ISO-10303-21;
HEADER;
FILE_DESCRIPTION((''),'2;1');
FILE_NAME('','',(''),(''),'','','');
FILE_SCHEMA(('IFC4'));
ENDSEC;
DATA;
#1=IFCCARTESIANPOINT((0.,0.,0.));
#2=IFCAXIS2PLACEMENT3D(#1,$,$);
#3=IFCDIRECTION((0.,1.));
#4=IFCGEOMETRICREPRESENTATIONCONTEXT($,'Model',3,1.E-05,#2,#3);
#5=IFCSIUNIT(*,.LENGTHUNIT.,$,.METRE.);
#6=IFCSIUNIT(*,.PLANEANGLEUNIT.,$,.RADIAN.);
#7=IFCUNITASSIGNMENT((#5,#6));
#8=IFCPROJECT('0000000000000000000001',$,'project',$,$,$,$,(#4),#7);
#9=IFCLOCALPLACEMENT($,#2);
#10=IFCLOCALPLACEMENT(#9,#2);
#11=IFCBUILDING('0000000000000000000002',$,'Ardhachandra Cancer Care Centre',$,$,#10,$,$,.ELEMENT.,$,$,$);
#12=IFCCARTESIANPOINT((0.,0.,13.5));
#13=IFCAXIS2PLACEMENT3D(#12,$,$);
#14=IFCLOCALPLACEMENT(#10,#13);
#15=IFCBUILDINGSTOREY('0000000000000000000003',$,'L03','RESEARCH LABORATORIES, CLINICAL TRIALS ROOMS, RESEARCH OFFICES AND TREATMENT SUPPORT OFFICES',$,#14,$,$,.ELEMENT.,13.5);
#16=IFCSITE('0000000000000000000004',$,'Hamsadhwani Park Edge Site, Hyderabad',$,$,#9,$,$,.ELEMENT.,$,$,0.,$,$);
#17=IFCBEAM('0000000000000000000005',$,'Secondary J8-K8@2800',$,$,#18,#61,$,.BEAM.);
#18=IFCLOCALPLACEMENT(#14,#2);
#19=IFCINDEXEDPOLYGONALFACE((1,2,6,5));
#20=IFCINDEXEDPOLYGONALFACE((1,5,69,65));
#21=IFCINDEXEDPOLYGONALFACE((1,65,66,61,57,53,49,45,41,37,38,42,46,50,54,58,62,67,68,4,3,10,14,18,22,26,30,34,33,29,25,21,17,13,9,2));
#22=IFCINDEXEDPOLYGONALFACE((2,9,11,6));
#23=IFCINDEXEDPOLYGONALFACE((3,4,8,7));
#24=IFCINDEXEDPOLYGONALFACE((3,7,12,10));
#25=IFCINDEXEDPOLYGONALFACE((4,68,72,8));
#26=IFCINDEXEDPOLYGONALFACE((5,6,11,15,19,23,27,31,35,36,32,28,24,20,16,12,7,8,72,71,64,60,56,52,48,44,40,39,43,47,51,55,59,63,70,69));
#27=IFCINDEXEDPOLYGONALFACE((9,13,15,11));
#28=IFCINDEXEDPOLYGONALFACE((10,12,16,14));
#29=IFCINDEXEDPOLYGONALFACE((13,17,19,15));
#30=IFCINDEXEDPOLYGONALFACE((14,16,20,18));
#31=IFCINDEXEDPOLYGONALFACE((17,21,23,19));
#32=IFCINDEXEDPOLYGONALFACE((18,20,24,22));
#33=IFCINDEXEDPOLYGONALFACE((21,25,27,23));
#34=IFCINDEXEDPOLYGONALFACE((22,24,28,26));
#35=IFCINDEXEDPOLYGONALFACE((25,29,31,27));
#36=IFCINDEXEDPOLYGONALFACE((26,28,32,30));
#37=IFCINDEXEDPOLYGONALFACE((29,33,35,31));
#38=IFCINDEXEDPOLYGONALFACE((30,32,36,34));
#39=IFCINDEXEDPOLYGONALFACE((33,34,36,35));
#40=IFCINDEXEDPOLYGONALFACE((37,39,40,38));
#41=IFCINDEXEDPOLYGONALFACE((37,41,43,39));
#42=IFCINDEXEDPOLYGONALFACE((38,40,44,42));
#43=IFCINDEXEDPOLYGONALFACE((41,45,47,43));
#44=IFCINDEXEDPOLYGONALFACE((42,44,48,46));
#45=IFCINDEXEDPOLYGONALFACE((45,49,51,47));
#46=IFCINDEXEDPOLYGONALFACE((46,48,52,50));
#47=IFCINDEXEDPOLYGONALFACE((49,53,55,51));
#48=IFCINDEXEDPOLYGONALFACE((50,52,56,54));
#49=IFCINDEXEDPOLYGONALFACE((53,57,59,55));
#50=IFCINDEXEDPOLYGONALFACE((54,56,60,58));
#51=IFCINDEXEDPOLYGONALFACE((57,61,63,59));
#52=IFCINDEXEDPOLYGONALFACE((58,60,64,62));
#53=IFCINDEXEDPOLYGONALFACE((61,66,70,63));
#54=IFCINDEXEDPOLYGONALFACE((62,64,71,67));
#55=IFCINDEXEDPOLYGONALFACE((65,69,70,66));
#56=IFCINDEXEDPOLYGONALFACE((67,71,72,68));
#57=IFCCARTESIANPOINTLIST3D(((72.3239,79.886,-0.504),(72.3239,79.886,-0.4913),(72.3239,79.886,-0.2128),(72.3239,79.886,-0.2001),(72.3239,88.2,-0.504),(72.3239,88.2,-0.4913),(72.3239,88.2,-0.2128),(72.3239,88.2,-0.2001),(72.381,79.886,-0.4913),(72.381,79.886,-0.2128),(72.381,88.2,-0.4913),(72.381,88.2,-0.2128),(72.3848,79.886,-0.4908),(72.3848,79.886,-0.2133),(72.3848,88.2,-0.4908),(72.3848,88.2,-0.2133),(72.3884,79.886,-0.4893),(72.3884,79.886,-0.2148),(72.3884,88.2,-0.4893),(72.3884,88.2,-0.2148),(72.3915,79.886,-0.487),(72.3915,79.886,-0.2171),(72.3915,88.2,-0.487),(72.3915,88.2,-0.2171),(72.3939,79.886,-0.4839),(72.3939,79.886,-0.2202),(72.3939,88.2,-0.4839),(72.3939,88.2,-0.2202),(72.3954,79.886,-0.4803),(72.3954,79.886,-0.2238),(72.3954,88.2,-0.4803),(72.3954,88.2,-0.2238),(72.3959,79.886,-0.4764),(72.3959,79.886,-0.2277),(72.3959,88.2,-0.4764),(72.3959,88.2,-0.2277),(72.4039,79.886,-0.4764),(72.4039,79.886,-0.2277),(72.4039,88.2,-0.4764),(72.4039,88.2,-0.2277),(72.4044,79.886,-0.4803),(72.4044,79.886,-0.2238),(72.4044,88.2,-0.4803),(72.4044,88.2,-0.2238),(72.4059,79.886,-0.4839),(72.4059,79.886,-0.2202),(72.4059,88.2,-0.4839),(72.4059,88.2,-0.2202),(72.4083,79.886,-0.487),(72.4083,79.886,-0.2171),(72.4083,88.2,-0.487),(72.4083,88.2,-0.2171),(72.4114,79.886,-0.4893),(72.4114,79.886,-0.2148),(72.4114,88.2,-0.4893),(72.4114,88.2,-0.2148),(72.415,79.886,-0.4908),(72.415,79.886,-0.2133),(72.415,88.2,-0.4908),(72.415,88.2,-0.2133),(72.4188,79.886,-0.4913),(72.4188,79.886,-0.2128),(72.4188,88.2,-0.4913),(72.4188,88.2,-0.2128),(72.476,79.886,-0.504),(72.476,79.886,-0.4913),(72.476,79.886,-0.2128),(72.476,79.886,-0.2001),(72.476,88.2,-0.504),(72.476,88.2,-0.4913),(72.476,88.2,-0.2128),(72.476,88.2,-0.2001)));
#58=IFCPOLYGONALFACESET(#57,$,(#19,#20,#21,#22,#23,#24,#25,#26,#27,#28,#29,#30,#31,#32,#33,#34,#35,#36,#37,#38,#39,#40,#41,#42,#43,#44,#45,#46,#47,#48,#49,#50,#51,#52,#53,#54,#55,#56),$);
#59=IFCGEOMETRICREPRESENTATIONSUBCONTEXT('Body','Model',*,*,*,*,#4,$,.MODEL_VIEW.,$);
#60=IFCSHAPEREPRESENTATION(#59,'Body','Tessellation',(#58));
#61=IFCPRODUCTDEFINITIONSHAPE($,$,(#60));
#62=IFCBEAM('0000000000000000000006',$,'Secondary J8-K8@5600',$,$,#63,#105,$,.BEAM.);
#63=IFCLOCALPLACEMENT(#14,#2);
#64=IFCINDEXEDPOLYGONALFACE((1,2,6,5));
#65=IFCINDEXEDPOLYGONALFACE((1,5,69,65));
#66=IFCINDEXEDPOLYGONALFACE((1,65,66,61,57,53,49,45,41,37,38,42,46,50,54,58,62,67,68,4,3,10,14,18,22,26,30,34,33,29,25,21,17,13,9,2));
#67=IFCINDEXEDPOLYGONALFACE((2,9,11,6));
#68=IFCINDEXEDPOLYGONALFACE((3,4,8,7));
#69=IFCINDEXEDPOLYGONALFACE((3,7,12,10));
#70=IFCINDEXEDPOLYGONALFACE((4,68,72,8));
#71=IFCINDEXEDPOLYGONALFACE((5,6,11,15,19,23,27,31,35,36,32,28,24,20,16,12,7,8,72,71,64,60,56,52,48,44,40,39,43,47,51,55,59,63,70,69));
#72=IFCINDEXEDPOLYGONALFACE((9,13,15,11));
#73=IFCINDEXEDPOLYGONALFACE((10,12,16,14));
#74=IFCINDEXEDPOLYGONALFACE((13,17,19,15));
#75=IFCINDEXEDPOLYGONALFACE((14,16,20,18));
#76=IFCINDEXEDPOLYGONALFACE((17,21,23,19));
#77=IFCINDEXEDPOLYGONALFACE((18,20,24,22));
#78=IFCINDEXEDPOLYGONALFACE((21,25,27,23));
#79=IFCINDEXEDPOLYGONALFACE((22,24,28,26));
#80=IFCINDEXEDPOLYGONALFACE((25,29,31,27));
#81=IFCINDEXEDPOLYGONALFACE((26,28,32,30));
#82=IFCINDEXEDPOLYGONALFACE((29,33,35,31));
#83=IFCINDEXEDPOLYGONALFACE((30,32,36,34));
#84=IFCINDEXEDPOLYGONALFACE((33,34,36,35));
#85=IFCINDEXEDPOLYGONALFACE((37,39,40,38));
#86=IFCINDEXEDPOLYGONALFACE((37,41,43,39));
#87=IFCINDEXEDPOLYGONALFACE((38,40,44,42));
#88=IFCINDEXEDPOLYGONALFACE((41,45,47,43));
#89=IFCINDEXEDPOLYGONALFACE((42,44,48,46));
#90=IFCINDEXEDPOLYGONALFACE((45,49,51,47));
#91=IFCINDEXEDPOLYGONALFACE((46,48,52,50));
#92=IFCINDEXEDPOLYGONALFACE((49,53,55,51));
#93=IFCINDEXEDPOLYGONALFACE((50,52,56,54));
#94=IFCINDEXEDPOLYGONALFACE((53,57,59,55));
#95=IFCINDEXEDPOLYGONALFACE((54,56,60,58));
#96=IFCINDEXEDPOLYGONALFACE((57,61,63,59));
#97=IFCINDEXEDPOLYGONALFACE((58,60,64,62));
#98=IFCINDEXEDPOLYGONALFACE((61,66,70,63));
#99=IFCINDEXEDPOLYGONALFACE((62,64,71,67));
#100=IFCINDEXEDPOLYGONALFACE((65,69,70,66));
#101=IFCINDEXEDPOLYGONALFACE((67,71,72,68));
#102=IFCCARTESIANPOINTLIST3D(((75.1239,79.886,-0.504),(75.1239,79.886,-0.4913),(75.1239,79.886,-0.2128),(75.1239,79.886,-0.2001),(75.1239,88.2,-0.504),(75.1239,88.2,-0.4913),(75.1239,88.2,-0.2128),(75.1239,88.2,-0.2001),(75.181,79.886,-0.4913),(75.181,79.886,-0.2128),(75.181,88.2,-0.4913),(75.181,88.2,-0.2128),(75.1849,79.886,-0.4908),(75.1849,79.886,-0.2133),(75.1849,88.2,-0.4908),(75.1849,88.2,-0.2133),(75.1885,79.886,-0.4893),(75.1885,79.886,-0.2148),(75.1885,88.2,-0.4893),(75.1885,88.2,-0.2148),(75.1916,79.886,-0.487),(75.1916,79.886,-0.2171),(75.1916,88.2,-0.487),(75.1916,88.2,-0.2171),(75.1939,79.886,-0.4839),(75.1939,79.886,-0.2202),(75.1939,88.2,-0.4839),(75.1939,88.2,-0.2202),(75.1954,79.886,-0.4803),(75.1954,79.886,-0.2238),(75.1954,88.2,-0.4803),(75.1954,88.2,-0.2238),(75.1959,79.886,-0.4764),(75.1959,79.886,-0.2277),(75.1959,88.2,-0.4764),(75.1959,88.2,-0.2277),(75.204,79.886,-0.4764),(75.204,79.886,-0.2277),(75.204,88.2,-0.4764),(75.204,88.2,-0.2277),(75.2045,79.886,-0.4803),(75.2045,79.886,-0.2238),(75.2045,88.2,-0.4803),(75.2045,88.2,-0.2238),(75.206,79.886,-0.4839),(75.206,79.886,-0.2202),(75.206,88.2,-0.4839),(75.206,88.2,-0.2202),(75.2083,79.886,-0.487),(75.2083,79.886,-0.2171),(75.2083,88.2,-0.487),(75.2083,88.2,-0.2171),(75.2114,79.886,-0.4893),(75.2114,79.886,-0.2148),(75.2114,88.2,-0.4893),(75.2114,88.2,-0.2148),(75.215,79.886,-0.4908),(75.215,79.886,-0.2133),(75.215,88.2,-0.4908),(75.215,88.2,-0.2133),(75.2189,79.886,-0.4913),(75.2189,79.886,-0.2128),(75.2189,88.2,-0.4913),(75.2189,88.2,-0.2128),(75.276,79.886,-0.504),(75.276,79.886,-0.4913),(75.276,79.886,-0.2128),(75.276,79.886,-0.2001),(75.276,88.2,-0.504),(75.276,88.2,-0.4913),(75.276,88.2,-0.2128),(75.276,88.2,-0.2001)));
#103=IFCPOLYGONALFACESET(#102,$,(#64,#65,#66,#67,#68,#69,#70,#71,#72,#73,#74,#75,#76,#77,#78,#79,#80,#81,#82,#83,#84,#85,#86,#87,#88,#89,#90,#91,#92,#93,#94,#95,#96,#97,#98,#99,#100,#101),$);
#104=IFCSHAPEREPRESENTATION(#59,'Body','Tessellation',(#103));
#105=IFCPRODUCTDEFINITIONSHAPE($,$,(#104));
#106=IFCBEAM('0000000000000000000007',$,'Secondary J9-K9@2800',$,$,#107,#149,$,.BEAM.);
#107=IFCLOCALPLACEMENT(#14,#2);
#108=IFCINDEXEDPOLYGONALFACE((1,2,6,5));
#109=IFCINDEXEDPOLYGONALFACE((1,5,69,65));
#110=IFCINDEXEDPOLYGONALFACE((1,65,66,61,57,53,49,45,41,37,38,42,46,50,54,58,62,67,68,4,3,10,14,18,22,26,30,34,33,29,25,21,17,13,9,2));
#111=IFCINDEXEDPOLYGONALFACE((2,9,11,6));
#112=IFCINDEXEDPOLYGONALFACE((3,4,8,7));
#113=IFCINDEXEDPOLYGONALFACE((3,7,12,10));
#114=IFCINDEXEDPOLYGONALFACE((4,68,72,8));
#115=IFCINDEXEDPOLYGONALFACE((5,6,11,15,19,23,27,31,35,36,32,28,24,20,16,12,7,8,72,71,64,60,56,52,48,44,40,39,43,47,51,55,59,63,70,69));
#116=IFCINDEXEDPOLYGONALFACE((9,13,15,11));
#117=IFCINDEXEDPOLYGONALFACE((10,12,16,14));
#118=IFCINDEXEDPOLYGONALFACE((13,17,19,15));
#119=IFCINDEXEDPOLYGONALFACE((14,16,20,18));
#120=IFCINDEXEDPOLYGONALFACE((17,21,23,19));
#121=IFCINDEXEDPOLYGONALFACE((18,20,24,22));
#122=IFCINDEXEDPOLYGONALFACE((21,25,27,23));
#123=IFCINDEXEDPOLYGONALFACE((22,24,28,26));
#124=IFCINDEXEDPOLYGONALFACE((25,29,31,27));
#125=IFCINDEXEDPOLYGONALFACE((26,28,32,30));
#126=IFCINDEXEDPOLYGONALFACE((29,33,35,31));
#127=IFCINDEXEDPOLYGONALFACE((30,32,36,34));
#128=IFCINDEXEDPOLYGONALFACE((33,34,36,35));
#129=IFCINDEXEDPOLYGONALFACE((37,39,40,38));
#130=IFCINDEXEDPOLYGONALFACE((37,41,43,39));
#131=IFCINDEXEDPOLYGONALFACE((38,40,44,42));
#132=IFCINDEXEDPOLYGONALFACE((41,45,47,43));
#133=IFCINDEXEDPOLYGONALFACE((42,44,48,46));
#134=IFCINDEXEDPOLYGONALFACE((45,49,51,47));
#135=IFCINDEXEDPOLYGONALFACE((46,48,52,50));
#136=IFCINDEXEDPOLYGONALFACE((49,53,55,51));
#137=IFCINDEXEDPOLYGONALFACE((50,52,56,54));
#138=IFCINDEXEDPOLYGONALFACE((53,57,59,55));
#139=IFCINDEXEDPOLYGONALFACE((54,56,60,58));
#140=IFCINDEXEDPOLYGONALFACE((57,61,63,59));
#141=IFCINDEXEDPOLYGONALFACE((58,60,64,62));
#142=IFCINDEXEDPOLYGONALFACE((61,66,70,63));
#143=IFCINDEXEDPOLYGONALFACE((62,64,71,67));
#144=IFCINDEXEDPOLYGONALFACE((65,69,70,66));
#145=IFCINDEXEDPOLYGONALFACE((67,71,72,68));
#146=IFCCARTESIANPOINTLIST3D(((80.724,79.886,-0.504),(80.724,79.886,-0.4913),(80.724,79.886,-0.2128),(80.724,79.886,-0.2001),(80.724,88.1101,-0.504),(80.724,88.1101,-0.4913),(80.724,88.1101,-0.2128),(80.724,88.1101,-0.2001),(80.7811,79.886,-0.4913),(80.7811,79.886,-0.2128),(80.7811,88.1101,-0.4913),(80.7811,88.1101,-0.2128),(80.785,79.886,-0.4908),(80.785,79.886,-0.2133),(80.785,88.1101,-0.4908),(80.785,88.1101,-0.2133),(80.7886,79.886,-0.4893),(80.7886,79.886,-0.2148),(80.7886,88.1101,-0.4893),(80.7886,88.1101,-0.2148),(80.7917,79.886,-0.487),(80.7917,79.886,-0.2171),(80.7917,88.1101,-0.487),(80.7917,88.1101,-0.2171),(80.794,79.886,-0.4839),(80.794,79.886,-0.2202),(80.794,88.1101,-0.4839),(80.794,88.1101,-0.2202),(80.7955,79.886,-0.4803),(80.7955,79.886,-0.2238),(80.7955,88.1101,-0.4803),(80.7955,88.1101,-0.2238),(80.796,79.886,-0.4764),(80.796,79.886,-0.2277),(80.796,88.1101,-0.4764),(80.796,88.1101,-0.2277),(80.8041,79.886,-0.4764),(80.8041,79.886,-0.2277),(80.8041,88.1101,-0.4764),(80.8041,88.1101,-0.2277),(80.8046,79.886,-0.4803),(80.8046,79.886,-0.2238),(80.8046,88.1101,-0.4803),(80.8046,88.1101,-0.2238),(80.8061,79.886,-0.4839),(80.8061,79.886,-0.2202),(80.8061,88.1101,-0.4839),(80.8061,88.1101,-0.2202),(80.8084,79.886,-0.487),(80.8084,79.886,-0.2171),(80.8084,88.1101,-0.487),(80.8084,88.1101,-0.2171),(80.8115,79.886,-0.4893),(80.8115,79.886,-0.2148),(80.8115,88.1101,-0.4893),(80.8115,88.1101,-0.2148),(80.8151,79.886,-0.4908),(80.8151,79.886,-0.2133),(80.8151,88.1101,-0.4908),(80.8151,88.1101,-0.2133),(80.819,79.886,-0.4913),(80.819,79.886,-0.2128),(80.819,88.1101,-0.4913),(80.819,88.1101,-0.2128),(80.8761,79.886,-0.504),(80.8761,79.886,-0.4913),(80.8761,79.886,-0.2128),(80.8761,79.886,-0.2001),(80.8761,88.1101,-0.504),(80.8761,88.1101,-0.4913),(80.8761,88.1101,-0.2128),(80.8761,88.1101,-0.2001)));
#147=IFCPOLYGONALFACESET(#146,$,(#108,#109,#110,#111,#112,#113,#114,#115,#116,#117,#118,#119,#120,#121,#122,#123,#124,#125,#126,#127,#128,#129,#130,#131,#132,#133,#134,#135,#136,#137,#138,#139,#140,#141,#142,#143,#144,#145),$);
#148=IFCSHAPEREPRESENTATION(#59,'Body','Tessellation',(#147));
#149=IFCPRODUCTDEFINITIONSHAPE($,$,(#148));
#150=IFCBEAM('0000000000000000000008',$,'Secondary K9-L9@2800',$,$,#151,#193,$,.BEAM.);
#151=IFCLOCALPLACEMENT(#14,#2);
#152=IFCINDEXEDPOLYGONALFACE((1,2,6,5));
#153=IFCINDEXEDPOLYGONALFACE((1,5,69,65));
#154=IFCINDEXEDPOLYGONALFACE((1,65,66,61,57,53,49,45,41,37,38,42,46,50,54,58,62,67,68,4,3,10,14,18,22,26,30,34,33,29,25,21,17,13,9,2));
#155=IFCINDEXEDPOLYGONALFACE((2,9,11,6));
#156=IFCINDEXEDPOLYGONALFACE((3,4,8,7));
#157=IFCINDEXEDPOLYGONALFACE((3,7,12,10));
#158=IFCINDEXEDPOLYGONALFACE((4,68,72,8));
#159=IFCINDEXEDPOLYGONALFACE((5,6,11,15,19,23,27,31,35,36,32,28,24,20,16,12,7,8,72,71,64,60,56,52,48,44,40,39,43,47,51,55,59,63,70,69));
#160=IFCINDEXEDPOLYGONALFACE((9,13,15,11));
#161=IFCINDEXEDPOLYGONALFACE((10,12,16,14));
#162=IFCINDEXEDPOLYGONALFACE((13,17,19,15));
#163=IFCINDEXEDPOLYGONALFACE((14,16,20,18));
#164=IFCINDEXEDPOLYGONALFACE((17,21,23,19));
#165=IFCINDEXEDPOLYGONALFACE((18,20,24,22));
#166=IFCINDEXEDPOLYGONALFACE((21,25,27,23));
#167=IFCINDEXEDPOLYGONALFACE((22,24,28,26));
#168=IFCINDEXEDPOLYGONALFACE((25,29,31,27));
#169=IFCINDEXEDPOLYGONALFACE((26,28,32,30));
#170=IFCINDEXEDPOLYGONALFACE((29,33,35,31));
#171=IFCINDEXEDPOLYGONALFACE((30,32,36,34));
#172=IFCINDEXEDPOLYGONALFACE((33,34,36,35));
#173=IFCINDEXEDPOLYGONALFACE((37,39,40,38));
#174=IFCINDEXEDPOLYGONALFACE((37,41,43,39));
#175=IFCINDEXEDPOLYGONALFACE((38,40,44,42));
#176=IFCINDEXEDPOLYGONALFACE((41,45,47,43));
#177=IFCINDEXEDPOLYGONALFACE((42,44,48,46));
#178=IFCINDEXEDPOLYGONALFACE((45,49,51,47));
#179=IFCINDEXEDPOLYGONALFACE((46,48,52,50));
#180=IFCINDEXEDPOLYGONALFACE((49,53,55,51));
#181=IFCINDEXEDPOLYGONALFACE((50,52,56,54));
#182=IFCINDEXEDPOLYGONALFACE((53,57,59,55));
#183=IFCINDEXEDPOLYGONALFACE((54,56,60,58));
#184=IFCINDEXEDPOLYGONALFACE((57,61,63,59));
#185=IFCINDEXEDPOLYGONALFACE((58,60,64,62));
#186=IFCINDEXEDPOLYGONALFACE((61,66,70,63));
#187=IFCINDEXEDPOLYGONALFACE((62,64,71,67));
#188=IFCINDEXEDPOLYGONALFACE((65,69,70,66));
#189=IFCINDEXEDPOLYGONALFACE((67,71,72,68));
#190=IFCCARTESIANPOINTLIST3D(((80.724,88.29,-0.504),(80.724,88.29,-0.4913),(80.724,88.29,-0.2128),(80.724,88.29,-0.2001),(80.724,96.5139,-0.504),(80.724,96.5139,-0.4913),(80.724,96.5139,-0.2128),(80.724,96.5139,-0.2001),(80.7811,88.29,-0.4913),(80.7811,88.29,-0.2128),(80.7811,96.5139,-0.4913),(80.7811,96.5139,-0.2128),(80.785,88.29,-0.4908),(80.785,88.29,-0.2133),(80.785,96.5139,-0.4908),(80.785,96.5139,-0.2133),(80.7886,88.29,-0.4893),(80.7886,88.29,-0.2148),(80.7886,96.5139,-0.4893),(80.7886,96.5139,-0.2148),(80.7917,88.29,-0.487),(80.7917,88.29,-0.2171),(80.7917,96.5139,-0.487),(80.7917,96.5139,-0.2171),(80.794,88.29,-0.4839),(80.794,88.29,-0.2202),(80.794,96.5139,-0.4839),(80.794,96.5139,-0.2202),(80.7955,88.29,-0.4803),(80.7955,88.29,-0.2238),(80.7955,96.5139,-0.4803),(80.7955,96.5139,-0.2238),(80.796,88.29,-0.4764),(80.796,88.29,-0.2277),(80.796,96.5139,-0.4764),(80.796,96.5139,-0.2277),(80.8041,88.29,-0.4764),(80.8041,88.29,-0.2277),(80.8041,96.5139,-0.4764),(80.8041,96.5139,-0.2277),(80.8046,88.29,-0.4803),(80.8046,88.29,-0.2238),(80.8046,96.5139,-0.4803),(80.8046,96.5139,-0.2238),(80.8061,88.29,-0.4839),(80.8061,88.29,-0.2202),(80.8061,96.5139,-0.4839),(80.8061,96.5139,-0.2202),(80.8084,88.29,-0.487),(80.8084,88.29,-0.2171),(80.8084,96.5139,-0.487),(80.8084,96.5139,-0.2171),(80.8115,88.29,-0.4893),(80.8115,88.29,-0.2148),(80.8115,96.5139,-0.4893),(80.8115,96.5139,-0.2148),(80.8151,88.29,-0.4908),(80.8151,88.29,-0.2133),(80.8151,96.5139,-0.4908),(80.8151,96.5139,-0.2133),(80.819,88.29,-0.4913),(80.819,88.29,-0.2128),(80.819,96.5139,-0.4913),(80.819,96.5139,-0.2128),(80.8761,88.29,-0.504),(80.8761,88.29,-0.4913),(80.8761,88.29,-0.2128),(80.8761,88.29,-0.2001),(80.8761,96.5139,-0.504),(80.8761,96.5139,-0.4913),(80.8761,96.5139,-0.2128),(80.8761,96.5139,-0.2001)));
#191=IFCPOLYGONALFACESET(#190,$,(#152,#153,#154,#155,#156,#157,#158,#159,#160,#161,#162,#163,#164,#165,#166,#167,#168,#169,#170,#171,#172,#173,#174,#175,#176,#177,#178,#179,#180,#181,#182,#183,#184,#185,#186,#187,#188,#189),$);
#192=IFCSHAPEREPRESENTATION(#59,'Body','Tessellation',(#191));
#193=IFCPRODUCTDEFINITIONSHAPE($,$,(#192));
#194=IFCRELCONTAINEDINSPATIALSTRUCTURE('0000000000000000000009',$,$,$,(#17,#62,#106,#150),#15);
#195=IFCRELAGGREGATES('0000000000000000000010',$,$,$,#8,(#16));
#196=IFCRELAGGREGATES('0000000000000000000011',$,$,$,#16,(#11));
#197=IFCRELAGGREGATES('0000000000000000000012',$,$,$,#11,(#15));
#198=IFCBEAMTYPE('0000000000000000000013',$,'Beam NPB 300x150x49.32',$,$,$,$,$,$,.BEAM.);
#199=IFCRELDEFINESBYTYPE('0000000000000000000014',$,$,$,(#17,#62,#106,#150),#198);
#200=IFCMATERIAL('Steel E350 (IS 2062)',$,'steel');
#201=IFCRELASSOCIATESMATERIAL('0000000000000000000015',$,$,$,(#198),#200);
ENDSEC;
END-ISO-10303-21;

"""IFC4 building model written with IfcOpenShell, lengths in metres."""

from ifc_helpers import new_model, si_unit, direction, frame, origin, origin_2d, place, context, subcontext, project, spatial, i_section, extrude, material, material_profile, profile_set, type_object, element, save


model = new_model("IFC4")

# Units and contexts
model_context = context("Model", 3, precision=1e-05, world=origin(), true_north=direction((0.0, 1.0)))
body_context = subcontext(model_context, "Body", "Model", "MODEL_VIEW")
ifc_project = project(units=[si_unit("LENGTHUNIT", "METRE"), si_unit("PLANEANGLEUNIT", "RADIAN")], contexts=[model_context])

# Site, building, storey
site_placement = place(None, origin())
site = spatial("IfcSite", under=ifc_project, at=site_placement, Name="Hamsadhwani Park Edge Site, Hyderabad", CompositionType="ELEMENT", RefElevation=0.0)
building_placement = place(site_placement, origin())
building = spatial("IfcBuilding", under=site, at=building_placement, Name="Ardhachandra Cancer Care Centre", CompositionType="ELEMENT")
storey_placement = place(building_placement, frame((0.0, 0.0, 13.5)))
storey = spatial("IfcBuildingStorey", under=building, at=storey_placement, Name="L03", Description="RESEARCH LABORATORIES, CLINICAL TRIALS ROOMS, RESEARCH OFFICES AND TREATMENT SUPPORT OFFICES", CompositionType="ELEMENT", Elevation=13.5)

# Beams
ifc_material_1 = material(Name="Steel E350 (IS 2062)", Category="steel")
ifc_material_profile_1 = material_profile(ifc_material_1, i_section(OverallWidth=0.1521, OverallDepth=0.304, WebThickness=0.0081, FlangeThickness=0.0127, FilletRadius=0.0149, at=origin_2d()), Name="NPB 300x150x49.32")
ifc_profile_set_1 = profile_set([ifc_material_profile_1], Name="Steel E350 (IS 2062)")
beam_type_1 = type_object("IfcBeamType", Name="Beam NPB 300x150x49.32", PredefinedType="BEAM", material=ifc_profile_set_1)
for number, where, z_axis, x_axis, name in (
    (1, (72.3999, 79.886, -0.3521), (0.0, 1.0, 0.0), (-1.0, 0.0, 0.0), "Secondary J8-K8@2800"),
    (2, (75.2, 79.886, -0.3521), (0.0, 1.0, 0.0), (-1.0, 0.0, 0.0), "Secondary J8-K8@5600"),
):
    element("IfcBeam", number, at=place(storey_placement, frame(where, z_axis=z_axis, x_axis=x_axis)), inside=storey, type_object=beam_type_1, Name=name, PredefinedType="BEAM", context=body_context, shape_type="SweptSolid", body=[
        extrude(i_section(OverallWidth=0.1521, OverallDepth=0.304, WebThickness=0.0081, FlangeThickness=0.0127, FilletRadius=0.0149, at=origin_2d()), origin(), (0.0, 0.0, 1.0), 8.314),
    ])
beam_1_placement = place(storey_placement, frame((80.8, 79.886, -0.3521), z_axis=(0.0, 1.0, 0.0), x_axis=(-1.0, 0.0, 0.0)))
element("IfcBeam", 3, at=beam_1_placement, inside=storey, type_object=beam_type_1, Name="Secondary J9-K9@2800", PredefinedType="BEAM", context=body_context, shape_type="SweptSolid", body=[
    extrude(i_section(OverallWidth=0.1521, OverallDepth=0.304, WebThickness=0.0081, FlangeThickness=0.0127, FilletRadius=0.0149, at=origin_2d()), origin(), (0.0, 0.0, 1.0), 8.2241),
])
beam_2_placement = place(storey_placement, frame((80.8, 88.29, -0.3521), z_axis=(0.0, 1.0, 0.0), x_axis=(-1.0, 0.0, 0.0)))
element("IfcBeam", 4, at=beam_2_placement, inside=storey, type_object=beam_type_1, Name="Secondary K9-L9@2800", PredefinedType="BEAM", context=body_context, shape_type="SweptSolid", body=[
    extrude(i_section(OverallWidth=0.1521, OverallDepth=0.304, WebThickness=0.0081, FlangeThickness=0.0127, FilletRadius=0.0149, at=origin_2d()), origin(), (0.0, 0.0, 1.0), 8.2239),
])

save(model, "model.ifc")
